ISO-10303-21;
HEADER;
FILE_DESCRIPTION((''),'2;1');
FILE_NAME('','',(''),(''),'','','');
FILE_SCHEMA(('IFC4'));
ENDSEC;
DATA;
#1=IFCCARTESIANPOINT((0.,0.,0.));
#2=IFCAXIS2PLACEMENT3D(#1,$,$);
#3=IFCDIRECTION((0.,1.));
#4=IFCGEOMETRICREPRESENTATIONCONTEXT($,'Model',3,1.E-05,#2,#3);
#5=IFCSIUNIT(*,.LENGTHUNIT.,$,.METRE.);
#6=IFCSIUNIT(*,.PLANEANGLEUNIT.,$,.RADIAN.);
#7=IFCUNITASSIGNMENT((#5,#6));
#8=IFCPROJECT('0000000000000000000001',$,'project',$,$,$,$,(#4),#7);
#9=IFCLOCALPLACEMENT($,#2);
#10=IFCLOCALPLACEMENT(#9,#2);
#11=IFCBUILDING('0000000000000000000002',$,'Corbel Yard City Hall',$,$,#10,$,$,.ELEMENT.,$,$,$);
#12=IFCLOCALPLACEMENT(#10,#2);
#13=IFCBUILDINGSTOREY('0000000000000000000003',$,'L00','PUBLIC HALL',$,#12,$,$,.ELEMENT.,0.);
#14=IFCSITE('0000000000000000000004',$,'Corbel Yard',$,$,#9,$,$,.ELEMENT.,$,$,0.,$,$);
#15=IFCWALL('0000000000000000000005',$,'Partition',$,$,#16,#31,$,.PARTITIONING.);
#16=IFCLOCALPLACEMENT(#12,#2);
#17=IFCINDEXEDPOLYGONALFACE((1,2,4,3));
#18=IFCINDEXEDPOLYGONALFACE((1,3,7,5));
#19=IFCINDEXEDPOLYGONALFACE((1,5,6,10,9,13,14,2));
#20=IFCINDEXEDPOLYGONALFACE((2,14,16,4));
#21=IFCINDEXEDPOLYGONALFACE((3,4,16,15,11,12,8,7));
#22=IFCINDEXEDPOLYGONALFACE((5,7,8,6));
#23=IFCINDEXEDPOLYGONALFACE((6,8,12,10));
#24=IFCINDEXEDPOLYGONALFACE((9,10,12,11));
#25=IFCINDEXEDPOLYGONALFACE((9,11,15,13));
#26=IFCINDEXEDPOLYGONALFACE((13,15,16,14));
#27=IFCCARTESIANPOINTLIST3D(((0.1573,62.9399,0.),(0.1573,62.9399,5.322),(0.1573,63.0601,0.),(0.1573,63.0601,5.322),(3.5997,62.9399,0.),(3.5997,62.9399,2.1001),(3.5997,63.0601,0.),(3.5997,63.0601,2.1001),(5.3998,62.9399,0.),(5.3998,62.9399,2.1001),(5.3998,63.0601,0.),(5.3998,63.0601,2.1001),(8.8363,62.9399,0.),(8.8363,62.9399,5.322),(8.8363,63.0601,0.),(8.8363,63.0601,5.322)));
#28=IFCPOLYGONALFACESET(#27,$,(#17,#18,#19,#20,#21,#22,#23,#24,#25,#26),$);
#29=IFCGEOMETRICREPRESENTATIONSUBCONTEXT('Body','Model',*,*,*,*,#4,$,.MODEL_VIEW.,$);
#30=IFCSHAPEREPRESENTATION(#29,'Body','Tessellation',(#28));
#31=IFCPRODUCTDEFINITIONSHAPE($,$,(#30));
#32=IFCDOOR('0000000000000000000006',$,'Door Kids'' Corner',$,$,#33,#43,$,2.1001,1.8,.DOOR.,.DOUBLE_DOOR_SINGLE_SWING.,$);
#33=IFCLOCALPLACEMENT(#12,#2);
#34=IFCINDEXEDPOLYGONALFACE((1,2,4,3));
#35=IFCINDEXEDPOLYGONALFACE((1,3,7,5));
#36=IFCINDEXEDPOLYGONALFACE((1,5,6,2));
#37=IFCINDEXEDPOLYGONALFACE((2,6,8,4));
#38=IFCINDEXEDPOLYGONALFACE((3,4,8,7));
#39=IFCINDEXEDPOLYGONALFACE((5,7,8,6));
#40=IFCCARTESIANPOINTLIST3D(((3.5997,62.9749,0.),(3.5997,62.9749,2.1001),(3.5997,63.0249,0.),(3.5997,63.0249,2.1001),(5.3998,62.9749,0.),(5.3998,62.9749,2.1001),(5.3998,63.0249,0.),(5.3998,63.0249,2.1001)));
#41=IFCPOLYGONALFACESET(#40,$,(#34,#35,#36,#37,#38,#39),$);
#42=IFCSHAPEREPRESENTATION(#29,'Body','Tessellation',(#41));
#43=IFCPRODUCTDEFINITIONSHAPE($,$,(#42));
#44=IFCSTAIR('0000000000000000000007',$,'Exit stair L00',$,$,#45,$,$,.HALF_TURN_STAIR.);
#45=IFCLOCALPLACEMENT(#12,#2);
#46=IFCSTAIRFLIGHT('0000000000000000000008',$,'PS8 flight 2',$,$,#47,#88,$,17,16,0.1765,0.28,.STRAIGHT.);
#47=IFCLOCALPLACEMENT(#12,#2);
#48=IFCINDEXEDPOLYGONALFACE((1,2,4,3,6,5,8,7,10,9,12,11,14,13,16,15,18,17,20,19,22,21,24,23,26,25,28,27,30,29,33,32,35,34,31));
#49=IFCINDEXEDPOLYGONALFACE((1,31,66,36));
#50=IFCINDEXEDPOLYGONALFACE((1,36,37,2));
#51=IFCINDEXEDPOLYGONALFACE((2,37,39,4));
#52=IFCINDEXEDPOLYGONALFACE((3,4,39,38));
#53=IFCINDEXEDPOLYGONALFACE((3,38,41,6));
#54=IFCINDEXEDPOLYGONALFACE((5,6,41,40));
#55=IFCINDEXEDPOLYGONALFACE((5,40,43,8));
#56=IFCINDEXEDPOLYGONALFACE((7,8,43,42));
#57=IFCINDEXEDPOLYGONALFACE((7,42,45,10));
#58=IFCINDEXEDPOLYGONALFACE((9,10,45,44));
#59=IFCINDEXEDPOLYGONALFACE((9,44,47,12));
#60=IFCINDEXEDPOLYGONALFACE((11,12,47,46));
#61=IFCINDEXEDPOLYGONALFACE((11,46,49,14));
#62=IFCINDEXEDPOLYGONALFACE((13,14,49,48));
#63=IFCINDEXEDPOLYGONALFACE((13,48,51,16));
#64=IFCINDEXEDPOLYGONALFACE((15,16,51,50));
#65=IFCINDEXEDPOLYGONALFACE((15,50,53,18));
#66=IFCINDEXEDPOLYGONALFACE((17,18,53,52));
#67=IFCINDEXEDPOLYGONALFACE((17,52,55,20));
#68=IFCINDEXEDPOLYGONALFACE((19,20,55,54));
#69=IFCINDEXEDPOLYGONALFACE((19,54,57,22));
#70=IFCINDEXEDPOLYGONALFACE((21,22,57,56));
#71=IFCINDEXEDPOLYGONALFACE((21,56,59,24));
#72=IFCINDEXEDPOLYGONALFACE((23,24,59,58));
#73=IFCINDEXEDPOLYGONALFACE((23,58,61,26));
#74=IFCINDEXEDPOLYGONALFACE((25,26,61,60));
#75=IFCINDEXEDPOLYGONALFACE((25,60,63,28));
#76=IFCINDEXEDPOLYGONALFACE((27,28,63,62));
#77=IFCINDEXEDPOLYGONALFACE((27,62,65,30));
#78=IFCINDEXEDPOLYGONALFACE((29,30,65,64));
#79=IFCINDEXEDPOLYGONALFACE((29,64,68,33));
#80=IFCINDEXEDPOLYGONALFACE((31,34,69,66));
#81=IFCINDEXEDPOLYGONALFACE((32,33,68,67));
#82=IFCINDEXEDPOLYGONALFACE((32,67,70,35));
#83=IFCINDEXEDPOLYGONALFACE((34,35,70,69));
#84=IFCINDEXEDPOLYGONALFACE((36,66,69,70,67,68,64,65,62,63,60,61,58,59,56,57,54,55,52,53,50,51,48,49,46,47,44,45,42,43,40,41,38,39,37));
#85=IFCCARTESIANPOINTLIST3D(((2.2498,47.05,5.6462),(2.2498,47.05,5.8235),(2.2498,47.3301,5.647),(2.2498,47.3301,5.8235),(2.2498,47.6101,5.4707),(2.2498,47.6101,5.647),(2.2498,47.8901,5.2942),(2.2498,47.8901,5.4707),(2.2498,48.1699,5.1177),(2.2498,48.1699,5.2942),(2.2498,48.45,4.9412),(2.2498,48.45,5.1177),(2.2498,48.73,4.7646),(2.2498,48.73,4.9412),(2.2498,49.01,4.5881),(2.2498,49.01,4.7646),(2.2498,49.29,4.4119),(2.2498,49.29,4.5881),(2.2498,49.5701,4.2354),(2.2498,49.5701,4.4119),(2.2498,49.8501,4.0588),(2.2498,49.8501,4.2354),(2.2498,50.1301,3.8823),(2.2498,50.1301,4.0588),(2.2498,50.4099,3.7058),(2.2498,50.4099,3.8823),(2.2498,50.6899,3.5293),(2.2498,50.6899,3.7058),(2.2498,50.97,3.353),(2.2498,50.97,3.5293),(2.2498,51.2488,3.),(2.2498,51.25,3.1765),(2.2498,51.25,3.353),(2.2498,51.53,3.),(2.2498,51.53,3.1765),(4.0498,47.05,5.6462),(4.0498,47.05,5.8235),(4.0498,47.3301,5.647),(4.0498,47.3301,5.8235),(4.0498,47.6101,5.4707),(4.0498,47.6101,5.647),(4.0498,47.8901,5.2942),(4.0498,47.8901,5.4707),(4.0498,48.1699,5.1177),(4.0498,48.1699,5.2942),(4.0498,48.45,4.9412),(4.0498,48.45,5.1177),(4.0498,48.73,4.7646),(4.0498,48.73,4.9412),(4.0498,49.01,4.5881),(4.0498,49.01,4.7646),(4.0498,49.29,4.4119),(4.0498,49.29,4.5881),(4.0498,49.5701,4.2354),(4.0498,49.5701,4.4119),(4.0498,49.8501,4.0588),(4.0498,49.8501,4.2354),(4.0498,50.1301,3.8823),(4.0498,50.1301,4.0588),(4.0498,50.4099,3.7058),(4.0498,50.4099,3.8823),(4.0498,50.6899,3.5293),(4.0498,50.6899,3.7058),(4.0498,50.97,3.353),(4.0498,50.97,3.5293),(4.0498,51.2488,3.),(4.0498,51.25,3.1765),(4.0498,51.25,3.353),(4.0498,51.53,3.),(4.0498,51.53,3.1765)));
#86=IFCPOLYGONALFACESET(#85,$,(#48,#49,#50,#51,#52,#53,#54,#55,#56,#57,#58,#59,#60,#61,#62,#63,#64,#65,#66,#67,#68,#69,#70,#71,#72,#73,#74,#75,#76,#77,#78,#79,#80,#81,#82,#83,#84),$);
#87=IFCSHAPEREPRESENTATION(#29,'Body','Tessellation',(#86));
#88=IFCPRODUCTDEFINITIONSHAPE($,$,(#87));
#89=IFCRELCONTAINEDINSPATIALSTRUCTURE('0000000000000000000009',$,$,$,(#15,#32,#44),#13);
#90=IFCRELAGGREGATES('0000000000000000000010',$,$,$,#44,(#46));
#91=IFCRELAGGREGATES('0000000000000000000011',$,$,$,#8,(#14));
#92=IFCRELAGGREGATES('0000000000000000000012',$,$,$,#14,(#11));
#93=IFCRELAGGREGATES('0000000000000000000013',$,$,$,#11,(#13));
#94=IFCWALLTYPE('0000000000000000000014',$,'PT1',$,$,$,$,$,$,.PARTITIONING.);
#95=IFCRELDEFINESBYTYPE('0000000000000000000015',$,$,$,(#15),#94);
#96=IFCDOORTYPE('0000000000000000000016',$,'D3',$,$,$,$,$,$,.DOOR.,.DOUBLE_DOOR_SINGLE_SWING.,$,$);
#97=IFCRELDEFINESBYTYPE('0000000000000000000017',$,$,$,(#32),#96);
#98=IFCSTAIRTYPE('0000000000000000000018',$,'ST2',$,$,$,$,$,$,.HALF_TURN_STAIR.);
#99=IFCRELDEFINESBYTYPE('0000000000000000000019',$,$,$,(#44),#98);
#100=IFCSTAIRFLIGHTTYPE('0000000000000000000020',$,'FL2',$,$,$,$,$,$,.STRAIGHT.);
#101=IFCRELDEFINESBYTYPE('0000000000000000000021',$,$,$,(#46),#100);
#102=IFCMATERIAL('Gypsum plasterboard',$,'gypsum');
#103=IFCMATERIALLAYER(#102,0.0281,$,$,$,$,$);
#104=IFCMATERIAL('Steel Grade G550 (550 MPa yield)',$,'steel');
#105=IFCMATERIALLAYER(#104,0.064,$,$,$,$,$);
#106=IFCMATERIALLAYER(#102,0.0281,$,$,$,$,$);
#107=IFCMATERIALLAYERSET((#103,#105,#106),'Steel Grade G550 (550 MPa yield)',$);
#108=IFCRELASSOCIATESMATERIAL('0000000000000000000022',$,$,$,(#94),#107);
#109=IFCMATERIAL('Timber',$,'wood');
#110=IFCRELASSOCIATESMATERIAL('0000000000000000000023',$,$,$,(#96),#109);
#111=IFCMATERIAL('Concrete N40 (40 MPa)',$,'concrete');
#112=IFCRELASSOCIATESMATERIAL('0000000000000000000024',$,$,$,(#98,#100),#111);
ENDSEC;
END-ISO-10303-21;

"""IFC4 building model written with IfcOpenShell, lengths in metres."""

from ifc_helpers import new_model, si_unit, direction, frame, frame_2d, origin, place, context, subcontext, project, spatial, polyline, rectangle, outline, extrude, material, layer, layer_set, type_object, element, fill, aggregate, save


model = new_model("IFC4")

# Units and contexts
model_context = context("Model", 3, precision=1e-05, world=origin(), true_north=direction((0.0, 1.0)))
body_context = subcontext(model_context, "Body", "Model", "MODEL_VIEW")
ifc_project = project(units=[si_unit("LENGTHUNIT", "METRE"), si_unit("PLANEANGLEUNIT", "RADIAN")], contexts=[model_context])

# Site, building, storey
site_placement = place(None, origin())
site = spatial("IfcSite", under=ifc_project, at=site_placement, Name="Corbel Yard", CompositionType="ELEMENT", RefElevation=0.0)
building_placement = place(site_placement, origin())
building = spatial("IfcBuilding", under=site, at=building_placement, Name="Corbel Yard City Hall", CompositionType="ELEMENT")
storey_placement = place(building_placement, origin())
storey = spatial("IfcBuildingStorey", under=building, at=storey_placement, Name="L00", Description="PUBLIC HALL", CompositionType="ELEMENT", Elevation=0.0)

# Shared definitions
ifc_material_1 = material(Name="Concrete N40 (40 MPa)", Category="concrete")

# Shared definitions
ifc_material_2 = material(Name="Gypsum plasterboard", Category="gypsum")

# Wall, opening, door
ifc_layer_1 = layer(ifc_material_2, 0.0281)
ifc_material_3 = material(Name="Steel Grade G550 (550 MPa yield)", Category="steel")
ifc_layer_2 = layer(ifc_material_3, 0.064)
ifc_layer_3 = layer(ifc_material_2, 0.0281)
ifc_layer_set_1 = layer_set([ifc_layer_1, ifc_layer_2, ifc_layer_3], Name="Steel Grade G550 (550 MPa yield)")
wall_type_1 = type_object("IfcWallType", Name="PT1", PredefinedType="PARTITIONING", material=ifc_layer_set_1)
wall_1_placement = place(storey_placement, frame((0.1575, 63.0, 0.0), z_axis=(0.0, 0.0, 1.0), x_axis=(1.0, 0.0, 0.0)))
wall_1 = element("IfcWall", 1, at=wall_1_placement, inside=storey, type_object=wall_type_1, Name="Partition", PredefinedType="PARTITIONING", context=body_context, shape_type="SweptSolid", body=[
    extrude(rectangle(XDim=8.679, YDim=0.1201, at=frame_2d((4.3394, 0.0))), origin(), (0.0, 0.0, 1.0), 5.322),
])
opening_1_placement = place(wall_1_placement, frame((3.4424, 0.0, 0.0)))
opening_1 = element("IfcOpeningElement", 2, at=opening_1_placement, cuts=wall_1, PredefinedType="OPENING", context=body_context, shape_type="SweptSolid", body=[
    extrude(rectangle(XDim=1.8, YDim=2.1001, at=frame_2d((0.8999, 1.05))), frame((0.0, 0.0701, 0.0), z_axis=(0.0, -1.0, 0.0), x_axis=(1.0, 0.0, 0.0)), (0.0, 0.0, 1.0), 0.1401),
])
ifc_material_4 = material(Name="Timber", Category="wood")
door_type_1 = type_object("IfcDoorType", Name="D3", OperationType="DOUBLE_DOOR_SINGLE_SWING", PredefinedType="DOOR", material=ifc_material_4)
door_1_placement = place(opening_1_placement, origin())
door_1 = element("IfcDoor", 3, at=door_1_placement, inside=storey, type_object=door_type_1, Name="Door Kids' Corner", OperationType="DOUBLE_DOOR_SINGLE_SWING", OverallHeight=2.1001, OverallWidth=1.8, PredefinedType="DOOR", context=body_context, shape_type="SweptSolid", body=[
    extrude(rectangle(XDim=1.8, YDim=2.1001, at=frame_2d((0.8999, 1.05))), frame((0.0, 0.0249, 0.0), z_axis=(0.0, -1.0, 0.0), x_axis=(1.0, 0.0, 0.0)), (0.0, 0.0, 1.0), 0.05),
])
fill(opening_1, door_1)

# Stair, stair flight
stair_type = type_object("IfcStairType", Name="ST2", PredefinedType="HALF_TURN_STAIR", material=ifc_material_1)
stair_placement = place(storey_placement, origin())
stair = element("IfcStair", 4, at=stair_placement, inside=storey, type_object=stair_type, Name="Exit stair L00", PredefinedType="HALF_TURN_STAIR")
stair_flight_type = type_object("IfcStairFlightType", Name="FL2", PredefinedType="STRAIGHT", material=ifc_material_1)
stair_flight_placement = place(storey_placement, frame((3.1499, 51.53, 3.0), z_axis=(0.0, 0.0, 1.0), x_axis=(0.0, -1.0, 0.0)))
stair_flight = element("IfcStairFlight", 5, at=stair_flight_placement, type_object=stair_flight_type, Name="PS8 flight 2", NumberOfRisers=17, NumberOfTreads=16, PredefinedType="STRAIGHT", RiserHeight=0.1765, TreadLength=0.28, context=body_context, shape_type="SweptSolid", body=[
    extrude(outline(polyline([(0.0, 0.0), (0.0, 0.1765), (0.28, 0.1765), (0.28, 0.353), (0.5601, 0.353), (0.5601, 0.5293), (0.8401, 0.5293), (0.8401, 0.7058), (1.1201, 0.7058), (1.1201, 0.8823), (1.3999, 0.8823), (1.3999, 1.0588), (1.6799, 1.0588), (1.6799, 1.2354), (1.96, 1.2354), (1.96, 1.4119), (2.24, 1.4119), (2.24, 1.5881), (2.52, 1.5881), (2.52, 1.7646), (2.8, 1.7646), (2.8, 1.9412), (3.0801, 1.9412), (3.0801, 2.1177), (3.3601, 2.1177), (3.3601, 2.2942), (3.6399, 2.2942), (3.6399, 2.4707), (3.9199, 2.4707), (3.9199, 2.647), (4.2, 2.647), (4.2, 2.8235), (4.48, 2.8235), (4.48, 3.0), (4.48, 2.6462), (0.2812, 0.0), (0.0, 0.0)])), frame((0.0, 0.8999, 0.0), z_axis=(0.0, -1.0, 0.0), x_axis=(1.0, 0.0, 0.0)), (0.0, 0.0, 1.0), 1.8),
])
aggregate(stair, [stair_flight])

save(model, "model.ifc")
